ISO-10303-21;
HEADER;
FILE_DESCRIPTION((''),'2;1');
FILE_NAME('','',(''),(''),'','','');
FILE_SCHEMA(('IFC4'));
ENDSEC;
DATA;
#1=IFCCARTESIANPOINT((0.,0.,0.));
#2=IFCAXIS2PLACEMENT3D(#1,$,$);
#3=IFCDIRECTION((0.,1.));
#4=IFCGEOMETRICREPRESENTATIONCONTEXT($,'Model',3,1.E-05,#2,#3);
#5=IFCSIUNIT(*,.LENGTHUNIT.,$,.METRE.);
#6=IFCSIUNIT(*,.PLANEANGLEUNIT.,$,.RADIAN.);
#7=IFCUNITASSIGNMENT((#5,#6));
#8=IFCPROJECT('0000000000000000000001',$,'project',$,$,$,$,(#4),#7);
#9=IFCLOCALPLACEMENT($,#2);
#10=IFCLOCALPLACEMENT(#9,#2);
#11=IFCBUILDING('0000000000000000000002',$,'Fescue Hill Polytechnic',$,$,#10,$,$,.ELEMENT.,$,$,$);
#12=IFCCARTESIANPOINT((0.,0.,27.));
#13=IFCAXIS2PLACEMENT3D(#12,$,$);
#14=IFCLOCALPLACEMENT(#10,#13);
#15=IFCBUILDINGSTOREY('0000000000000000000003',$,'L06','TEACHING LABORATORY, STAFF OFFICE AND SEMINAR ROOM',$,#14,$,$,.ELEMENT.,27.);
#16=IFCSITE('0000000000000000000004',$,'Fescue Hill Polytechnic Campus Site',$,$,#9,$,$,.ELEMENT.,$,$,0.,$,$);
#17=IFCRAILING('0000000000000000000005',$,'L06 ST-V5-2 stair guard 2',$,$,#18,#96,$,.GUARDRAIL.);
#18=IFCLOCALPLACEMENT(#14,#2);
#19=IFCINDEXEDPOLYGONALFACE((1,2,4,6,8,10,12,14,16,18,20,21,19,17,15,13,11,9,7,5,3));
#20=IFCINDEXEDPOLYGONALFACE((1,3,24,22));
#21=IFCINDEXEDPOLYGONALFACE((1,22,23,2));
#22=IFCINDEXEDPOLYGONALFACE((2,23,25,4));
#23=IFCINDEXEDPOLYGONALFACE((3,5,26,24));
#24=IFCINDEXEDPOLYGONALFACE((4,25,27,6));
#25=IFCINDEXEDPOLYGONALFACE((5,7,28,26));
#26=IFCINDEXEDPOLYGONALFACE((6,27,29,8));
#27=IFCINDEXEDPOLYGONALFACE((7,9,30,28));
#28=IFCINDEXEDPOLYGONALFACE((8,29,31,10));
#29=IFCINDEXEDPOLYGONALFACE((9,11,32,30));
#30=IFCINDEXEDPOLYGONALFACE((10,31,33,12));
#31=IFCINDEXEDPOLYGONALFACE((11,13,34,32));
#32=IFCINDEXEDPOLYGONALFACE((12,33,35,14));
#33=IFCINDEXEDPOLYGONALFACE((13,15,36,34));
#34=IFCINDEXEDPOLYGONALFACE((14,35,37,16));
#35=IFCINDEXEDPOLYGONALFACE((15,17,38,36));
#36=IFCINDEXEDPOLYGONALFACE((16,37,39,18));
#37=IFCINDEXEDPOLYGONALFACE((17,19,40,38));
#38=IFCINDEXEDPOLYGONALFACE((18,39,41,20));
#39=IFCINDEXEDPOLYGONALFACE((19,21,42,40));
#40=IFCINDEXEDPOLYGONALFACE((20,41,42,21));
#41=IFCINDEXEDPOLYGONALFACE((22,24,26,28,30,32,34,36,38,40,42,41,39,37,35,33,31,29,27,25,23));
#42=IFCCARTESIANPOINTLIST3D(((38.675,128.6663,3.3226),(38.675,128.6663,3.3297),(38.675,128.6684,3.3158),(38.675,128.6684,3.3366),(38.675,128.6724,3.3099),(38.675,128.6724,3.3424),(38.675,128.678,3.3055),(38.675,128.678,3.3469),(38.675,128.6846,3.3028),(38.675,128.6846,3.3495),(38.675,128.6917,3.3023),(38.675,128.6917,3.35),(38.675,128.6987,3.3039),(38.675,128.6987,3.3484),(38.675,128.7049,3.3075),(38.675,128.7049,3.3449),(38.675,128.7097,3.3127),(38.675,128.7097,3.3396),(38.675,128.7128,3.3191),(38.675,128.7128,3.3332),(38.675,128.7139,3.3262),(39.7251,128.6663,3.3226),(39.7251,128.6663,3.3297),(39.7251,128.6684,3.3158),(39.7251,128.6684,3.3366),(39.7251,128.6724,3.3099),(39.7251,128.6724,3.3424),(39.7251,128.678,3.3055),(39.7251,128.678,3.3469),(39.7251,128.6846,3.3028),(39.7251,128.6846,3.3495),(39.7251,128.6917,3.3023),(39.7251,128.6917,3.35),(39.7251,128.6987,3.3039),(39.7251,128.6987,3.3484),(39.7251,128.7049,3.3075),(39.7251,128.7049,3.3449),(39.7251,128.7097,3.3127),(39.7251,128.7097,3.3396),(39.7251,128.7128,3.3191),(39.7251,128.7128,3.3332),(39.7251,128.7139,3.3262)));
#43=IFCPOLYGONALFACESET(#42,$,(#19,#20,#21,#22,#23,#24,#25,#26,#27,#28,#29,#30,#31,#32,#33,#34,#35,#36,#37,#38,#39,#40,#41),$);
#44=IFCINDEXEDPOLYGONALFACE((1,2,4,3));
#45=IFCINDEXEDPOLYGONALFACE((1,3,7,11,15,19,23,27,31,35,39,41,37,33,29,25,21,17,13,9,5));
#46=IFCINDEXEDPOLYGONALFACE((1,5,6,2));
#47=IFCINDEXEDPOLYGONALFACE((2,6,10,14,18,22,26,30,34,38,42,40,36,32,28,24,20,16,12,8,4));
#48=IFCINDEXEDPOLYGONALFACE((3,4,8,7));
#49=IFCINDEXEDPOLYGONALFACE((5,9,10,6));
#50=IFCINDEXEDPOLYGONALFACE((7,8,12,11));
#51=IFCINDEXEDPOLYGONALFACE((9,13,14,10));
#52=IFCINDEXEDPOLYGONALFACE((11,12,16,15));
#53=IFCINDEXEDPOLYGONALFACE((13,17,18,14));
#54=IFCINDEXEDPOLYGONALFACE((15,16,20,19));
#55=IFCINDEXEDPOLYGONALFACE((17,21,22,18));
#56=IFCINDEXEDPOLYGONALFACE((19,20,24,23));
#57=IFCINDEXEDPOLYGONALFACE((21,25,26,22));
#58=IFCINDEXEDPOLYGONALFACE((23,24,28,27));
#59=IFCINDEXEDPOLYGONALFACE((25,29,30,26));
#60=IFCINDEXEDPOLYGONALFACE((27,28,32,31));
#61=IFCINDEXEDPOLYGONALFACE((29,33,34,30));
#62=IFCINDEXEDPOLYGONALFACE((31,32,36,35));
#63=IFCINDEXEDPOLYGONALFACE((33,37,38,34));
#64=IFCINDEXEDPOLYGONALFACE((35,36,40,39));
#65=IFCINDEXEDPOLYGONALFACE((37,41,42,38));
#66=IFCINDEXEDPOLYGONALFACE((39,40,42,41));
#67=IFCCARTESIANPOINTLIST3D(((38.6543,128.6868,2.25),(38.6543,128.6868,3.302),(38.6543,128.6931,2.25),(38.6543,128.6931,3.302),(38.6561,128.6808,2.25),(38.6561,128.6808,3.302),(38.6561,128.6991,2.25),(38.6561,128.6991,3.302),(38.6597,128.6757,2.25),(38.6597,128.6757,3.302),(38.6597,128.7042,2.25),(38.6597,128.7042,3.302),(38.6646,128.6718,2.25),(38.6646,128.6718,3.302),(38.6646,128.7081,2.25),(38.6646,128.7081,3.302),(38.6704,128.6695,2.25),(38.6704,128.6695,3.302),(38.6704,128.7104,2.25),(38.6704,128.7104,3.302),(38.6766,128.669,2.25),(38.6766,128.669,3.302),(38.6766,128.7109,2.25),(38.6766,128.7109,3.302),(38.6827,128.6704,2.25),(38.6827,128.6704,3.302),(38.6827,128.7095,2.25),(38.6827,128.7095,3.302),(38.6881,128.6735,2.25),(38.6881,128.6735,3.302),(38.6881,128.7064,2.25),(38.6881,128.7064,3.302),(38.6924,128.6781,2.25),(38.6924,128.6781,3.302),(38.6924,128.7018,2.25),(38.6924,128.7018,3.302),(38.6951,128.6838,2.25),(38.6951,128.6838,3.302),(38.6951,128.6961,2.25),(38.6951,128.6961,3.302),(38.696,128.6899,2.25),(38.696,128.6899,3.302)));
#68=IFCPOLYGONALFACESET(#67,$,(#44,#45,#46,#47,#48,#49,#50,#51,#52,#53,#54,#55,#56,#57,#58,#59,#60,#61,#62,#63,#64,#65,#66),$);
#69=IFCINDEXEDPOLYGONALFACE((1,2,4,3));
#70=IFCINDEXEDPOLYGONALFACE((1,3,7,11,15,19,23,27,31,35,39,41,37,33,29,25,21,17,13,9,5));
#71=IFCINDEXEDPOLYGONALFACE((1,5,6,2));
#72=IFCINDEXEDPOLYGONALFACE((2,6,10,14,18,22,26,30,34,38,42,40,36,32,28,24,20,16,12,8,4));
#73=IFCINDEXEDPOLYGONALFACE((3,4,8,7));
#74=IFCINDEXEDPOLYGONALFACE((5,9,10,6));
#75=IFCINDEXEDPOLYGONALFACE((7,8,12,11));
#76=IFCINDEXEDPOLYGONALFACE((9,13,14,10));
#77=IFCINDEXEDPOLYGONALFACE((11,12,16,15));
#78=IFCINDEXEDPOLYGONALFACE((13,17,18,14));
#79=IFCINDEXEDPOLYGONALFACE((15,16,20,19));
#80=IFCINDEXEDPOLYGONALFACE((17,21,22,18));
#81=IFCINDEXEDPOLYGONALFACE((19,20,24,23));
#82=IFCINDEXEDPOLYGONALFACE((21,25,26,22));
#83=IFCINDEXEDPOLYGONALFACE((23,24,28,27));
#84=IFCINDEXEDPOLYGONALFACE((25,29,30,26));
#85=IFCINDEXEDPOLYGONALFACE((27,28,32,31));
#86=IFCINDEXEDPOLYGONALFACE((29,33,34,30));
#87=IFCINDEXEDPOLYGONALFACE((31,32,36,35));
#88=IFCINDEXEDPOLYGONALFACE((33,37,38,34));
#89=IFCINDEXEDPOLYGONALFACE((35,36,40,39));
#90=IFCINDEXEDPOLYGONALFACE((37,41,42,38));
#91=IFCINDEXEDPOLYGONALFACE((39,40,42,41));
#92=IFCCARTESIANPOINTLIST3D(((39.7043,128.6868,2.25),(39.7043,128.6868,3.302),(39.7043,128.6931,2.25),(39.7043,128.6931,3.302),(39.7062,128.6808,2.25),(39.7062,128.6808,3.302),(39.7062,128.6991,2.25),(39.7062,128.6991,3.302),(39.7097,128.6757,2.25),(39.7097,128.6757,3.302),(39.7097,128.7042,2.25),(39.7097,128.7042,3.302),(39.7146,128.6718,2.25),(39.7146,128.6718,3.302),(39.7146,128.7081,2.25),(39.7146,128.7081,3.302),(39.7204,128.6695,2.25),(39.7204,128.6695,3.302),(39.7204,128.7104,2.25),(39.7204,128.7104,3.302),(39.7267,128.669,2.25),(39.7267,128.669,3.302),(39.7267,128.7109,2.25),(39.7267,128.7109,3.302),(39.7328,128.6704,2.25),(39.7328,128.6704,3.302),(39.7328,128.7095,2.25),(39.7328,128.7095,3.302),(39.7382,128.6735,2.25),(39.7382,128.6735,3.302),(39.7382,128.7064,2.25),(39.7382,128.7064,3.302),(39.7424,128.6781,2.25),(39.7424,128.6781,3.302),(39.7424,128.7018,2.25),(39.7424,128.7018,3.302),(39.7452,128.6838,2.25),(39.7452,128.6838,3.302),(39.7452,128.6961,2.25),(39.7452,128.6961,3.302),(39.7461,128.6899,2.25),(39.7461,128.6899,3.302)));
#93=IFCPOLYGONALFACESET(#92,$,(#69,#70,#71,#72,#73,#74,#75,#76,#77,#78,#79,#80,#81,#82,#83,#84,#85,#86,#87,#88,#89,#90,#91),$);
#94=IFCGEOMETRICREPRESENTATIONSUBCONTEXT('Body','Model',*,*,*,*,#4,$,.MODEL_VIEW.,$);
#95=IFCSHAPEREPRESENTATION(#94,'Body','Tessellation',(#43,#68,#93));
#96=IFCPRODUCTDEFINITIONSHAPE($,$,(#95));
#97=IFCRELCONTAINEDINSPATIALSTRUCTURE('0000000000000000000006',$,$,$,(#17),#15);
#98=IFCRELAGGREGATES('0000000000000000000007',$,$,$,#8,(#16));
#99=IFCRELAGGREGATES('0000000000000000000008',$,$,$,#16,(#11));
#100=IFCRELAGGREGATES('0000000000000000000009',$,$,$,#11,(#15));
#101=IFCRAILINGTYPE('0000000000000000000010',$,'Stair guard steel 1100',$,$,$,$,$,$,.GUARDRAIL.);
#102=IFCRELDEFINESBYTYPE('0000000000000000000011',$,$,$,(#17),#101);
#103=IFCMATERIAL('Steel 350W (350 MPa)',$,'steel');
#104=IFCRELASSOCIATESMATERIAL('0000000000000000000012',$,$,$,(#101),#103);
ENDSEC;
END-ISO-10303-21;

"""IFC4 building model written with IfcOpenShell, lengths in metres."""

from ifc_helpers import new_model, si_unit, direction, frame, origin, origin_2d, place, context, subcontext, project, spatial, circle, extrude, material, type_object, element, save


model = new_model("IFC4")

# Units and contexts
model_context = context("Model", 3, precision=1e-05, world=origin(), true_north=direction((0.0, 1.0)))
body_context = subcontext(model_context, "Body", "Model", "MODEL_VIEW")
ifc_project = project(units=[si_unit("LENGTHUNIT", "METRE"), si_unit("PLANEANGLEUNIT", "RADIAN")], contexts=[model_context])

# Site, building, storey
site_placement = place(None, origin())
site = spatial("IfcSite", under=ifc_project, at=site_placement, Name="Fescue Hill Polytechnic Campus Site", CompositionType="ELEMENT", RefElevation=0.0)
building_placement = place(site_placement, origin())
building = spatial("IfcBuilding", under=site, at=building_placement, Name="Fescue Hill Polytechnic", CompositionType="ELEMENT")
storey_placement = place(building_placement, frame((0.0, 0.0, 27.0)))
storey = spatial("IfcBuildingStorey", under=building, at=storey_placement, Name="L06", Description="TEACHING LABORATORY, STAFF OFFICE AND SEMINAR ROOM", CompositionType="ELEMENT", Elevation=27.0)

# Railing
ifc_material_1 = material(Name="Steel 350W (350 MPa)", Category="steel")
railing_type_1 = type_object("IfcRailingType", Name="Stair guard steel 1100", PredefinedType="GUARDRAIL", material=ifc_material_1)
railing_1_placement = place(storey_placement, frame((38.675, 128.6899, 2.25)))
element("IfcRailing", 1, at=railing_1_placement, inside=storey, type_object=railing_type_1, Name="L06 ST-V5-2 stair guard 2", PredefinedType="GUARDRAIL", context=body_context, shape_type="SweptSolid", body=[
    extrude(circle(Radius=0.0239, at=origin_2d()), frame((0.0, 0.0, 1.0762), z_axis=(1.0, 0.0, 0.0), x_axis=(0.0, 1.0, 0.0)), (0.0, 0.0, 1.0), 1.05),
    extrude(circle(Radius=0.021, at=origin_2d()), origin(), (0.0, 0.0, 1.0), 1.052),
    extrude(circle(Radius=0.021, at=origin_2d()), frame((1.05, 0.0, 0.0)), (0.0, 0.0, 1.0), 1.052),
])

save(model, "model.ifc")
